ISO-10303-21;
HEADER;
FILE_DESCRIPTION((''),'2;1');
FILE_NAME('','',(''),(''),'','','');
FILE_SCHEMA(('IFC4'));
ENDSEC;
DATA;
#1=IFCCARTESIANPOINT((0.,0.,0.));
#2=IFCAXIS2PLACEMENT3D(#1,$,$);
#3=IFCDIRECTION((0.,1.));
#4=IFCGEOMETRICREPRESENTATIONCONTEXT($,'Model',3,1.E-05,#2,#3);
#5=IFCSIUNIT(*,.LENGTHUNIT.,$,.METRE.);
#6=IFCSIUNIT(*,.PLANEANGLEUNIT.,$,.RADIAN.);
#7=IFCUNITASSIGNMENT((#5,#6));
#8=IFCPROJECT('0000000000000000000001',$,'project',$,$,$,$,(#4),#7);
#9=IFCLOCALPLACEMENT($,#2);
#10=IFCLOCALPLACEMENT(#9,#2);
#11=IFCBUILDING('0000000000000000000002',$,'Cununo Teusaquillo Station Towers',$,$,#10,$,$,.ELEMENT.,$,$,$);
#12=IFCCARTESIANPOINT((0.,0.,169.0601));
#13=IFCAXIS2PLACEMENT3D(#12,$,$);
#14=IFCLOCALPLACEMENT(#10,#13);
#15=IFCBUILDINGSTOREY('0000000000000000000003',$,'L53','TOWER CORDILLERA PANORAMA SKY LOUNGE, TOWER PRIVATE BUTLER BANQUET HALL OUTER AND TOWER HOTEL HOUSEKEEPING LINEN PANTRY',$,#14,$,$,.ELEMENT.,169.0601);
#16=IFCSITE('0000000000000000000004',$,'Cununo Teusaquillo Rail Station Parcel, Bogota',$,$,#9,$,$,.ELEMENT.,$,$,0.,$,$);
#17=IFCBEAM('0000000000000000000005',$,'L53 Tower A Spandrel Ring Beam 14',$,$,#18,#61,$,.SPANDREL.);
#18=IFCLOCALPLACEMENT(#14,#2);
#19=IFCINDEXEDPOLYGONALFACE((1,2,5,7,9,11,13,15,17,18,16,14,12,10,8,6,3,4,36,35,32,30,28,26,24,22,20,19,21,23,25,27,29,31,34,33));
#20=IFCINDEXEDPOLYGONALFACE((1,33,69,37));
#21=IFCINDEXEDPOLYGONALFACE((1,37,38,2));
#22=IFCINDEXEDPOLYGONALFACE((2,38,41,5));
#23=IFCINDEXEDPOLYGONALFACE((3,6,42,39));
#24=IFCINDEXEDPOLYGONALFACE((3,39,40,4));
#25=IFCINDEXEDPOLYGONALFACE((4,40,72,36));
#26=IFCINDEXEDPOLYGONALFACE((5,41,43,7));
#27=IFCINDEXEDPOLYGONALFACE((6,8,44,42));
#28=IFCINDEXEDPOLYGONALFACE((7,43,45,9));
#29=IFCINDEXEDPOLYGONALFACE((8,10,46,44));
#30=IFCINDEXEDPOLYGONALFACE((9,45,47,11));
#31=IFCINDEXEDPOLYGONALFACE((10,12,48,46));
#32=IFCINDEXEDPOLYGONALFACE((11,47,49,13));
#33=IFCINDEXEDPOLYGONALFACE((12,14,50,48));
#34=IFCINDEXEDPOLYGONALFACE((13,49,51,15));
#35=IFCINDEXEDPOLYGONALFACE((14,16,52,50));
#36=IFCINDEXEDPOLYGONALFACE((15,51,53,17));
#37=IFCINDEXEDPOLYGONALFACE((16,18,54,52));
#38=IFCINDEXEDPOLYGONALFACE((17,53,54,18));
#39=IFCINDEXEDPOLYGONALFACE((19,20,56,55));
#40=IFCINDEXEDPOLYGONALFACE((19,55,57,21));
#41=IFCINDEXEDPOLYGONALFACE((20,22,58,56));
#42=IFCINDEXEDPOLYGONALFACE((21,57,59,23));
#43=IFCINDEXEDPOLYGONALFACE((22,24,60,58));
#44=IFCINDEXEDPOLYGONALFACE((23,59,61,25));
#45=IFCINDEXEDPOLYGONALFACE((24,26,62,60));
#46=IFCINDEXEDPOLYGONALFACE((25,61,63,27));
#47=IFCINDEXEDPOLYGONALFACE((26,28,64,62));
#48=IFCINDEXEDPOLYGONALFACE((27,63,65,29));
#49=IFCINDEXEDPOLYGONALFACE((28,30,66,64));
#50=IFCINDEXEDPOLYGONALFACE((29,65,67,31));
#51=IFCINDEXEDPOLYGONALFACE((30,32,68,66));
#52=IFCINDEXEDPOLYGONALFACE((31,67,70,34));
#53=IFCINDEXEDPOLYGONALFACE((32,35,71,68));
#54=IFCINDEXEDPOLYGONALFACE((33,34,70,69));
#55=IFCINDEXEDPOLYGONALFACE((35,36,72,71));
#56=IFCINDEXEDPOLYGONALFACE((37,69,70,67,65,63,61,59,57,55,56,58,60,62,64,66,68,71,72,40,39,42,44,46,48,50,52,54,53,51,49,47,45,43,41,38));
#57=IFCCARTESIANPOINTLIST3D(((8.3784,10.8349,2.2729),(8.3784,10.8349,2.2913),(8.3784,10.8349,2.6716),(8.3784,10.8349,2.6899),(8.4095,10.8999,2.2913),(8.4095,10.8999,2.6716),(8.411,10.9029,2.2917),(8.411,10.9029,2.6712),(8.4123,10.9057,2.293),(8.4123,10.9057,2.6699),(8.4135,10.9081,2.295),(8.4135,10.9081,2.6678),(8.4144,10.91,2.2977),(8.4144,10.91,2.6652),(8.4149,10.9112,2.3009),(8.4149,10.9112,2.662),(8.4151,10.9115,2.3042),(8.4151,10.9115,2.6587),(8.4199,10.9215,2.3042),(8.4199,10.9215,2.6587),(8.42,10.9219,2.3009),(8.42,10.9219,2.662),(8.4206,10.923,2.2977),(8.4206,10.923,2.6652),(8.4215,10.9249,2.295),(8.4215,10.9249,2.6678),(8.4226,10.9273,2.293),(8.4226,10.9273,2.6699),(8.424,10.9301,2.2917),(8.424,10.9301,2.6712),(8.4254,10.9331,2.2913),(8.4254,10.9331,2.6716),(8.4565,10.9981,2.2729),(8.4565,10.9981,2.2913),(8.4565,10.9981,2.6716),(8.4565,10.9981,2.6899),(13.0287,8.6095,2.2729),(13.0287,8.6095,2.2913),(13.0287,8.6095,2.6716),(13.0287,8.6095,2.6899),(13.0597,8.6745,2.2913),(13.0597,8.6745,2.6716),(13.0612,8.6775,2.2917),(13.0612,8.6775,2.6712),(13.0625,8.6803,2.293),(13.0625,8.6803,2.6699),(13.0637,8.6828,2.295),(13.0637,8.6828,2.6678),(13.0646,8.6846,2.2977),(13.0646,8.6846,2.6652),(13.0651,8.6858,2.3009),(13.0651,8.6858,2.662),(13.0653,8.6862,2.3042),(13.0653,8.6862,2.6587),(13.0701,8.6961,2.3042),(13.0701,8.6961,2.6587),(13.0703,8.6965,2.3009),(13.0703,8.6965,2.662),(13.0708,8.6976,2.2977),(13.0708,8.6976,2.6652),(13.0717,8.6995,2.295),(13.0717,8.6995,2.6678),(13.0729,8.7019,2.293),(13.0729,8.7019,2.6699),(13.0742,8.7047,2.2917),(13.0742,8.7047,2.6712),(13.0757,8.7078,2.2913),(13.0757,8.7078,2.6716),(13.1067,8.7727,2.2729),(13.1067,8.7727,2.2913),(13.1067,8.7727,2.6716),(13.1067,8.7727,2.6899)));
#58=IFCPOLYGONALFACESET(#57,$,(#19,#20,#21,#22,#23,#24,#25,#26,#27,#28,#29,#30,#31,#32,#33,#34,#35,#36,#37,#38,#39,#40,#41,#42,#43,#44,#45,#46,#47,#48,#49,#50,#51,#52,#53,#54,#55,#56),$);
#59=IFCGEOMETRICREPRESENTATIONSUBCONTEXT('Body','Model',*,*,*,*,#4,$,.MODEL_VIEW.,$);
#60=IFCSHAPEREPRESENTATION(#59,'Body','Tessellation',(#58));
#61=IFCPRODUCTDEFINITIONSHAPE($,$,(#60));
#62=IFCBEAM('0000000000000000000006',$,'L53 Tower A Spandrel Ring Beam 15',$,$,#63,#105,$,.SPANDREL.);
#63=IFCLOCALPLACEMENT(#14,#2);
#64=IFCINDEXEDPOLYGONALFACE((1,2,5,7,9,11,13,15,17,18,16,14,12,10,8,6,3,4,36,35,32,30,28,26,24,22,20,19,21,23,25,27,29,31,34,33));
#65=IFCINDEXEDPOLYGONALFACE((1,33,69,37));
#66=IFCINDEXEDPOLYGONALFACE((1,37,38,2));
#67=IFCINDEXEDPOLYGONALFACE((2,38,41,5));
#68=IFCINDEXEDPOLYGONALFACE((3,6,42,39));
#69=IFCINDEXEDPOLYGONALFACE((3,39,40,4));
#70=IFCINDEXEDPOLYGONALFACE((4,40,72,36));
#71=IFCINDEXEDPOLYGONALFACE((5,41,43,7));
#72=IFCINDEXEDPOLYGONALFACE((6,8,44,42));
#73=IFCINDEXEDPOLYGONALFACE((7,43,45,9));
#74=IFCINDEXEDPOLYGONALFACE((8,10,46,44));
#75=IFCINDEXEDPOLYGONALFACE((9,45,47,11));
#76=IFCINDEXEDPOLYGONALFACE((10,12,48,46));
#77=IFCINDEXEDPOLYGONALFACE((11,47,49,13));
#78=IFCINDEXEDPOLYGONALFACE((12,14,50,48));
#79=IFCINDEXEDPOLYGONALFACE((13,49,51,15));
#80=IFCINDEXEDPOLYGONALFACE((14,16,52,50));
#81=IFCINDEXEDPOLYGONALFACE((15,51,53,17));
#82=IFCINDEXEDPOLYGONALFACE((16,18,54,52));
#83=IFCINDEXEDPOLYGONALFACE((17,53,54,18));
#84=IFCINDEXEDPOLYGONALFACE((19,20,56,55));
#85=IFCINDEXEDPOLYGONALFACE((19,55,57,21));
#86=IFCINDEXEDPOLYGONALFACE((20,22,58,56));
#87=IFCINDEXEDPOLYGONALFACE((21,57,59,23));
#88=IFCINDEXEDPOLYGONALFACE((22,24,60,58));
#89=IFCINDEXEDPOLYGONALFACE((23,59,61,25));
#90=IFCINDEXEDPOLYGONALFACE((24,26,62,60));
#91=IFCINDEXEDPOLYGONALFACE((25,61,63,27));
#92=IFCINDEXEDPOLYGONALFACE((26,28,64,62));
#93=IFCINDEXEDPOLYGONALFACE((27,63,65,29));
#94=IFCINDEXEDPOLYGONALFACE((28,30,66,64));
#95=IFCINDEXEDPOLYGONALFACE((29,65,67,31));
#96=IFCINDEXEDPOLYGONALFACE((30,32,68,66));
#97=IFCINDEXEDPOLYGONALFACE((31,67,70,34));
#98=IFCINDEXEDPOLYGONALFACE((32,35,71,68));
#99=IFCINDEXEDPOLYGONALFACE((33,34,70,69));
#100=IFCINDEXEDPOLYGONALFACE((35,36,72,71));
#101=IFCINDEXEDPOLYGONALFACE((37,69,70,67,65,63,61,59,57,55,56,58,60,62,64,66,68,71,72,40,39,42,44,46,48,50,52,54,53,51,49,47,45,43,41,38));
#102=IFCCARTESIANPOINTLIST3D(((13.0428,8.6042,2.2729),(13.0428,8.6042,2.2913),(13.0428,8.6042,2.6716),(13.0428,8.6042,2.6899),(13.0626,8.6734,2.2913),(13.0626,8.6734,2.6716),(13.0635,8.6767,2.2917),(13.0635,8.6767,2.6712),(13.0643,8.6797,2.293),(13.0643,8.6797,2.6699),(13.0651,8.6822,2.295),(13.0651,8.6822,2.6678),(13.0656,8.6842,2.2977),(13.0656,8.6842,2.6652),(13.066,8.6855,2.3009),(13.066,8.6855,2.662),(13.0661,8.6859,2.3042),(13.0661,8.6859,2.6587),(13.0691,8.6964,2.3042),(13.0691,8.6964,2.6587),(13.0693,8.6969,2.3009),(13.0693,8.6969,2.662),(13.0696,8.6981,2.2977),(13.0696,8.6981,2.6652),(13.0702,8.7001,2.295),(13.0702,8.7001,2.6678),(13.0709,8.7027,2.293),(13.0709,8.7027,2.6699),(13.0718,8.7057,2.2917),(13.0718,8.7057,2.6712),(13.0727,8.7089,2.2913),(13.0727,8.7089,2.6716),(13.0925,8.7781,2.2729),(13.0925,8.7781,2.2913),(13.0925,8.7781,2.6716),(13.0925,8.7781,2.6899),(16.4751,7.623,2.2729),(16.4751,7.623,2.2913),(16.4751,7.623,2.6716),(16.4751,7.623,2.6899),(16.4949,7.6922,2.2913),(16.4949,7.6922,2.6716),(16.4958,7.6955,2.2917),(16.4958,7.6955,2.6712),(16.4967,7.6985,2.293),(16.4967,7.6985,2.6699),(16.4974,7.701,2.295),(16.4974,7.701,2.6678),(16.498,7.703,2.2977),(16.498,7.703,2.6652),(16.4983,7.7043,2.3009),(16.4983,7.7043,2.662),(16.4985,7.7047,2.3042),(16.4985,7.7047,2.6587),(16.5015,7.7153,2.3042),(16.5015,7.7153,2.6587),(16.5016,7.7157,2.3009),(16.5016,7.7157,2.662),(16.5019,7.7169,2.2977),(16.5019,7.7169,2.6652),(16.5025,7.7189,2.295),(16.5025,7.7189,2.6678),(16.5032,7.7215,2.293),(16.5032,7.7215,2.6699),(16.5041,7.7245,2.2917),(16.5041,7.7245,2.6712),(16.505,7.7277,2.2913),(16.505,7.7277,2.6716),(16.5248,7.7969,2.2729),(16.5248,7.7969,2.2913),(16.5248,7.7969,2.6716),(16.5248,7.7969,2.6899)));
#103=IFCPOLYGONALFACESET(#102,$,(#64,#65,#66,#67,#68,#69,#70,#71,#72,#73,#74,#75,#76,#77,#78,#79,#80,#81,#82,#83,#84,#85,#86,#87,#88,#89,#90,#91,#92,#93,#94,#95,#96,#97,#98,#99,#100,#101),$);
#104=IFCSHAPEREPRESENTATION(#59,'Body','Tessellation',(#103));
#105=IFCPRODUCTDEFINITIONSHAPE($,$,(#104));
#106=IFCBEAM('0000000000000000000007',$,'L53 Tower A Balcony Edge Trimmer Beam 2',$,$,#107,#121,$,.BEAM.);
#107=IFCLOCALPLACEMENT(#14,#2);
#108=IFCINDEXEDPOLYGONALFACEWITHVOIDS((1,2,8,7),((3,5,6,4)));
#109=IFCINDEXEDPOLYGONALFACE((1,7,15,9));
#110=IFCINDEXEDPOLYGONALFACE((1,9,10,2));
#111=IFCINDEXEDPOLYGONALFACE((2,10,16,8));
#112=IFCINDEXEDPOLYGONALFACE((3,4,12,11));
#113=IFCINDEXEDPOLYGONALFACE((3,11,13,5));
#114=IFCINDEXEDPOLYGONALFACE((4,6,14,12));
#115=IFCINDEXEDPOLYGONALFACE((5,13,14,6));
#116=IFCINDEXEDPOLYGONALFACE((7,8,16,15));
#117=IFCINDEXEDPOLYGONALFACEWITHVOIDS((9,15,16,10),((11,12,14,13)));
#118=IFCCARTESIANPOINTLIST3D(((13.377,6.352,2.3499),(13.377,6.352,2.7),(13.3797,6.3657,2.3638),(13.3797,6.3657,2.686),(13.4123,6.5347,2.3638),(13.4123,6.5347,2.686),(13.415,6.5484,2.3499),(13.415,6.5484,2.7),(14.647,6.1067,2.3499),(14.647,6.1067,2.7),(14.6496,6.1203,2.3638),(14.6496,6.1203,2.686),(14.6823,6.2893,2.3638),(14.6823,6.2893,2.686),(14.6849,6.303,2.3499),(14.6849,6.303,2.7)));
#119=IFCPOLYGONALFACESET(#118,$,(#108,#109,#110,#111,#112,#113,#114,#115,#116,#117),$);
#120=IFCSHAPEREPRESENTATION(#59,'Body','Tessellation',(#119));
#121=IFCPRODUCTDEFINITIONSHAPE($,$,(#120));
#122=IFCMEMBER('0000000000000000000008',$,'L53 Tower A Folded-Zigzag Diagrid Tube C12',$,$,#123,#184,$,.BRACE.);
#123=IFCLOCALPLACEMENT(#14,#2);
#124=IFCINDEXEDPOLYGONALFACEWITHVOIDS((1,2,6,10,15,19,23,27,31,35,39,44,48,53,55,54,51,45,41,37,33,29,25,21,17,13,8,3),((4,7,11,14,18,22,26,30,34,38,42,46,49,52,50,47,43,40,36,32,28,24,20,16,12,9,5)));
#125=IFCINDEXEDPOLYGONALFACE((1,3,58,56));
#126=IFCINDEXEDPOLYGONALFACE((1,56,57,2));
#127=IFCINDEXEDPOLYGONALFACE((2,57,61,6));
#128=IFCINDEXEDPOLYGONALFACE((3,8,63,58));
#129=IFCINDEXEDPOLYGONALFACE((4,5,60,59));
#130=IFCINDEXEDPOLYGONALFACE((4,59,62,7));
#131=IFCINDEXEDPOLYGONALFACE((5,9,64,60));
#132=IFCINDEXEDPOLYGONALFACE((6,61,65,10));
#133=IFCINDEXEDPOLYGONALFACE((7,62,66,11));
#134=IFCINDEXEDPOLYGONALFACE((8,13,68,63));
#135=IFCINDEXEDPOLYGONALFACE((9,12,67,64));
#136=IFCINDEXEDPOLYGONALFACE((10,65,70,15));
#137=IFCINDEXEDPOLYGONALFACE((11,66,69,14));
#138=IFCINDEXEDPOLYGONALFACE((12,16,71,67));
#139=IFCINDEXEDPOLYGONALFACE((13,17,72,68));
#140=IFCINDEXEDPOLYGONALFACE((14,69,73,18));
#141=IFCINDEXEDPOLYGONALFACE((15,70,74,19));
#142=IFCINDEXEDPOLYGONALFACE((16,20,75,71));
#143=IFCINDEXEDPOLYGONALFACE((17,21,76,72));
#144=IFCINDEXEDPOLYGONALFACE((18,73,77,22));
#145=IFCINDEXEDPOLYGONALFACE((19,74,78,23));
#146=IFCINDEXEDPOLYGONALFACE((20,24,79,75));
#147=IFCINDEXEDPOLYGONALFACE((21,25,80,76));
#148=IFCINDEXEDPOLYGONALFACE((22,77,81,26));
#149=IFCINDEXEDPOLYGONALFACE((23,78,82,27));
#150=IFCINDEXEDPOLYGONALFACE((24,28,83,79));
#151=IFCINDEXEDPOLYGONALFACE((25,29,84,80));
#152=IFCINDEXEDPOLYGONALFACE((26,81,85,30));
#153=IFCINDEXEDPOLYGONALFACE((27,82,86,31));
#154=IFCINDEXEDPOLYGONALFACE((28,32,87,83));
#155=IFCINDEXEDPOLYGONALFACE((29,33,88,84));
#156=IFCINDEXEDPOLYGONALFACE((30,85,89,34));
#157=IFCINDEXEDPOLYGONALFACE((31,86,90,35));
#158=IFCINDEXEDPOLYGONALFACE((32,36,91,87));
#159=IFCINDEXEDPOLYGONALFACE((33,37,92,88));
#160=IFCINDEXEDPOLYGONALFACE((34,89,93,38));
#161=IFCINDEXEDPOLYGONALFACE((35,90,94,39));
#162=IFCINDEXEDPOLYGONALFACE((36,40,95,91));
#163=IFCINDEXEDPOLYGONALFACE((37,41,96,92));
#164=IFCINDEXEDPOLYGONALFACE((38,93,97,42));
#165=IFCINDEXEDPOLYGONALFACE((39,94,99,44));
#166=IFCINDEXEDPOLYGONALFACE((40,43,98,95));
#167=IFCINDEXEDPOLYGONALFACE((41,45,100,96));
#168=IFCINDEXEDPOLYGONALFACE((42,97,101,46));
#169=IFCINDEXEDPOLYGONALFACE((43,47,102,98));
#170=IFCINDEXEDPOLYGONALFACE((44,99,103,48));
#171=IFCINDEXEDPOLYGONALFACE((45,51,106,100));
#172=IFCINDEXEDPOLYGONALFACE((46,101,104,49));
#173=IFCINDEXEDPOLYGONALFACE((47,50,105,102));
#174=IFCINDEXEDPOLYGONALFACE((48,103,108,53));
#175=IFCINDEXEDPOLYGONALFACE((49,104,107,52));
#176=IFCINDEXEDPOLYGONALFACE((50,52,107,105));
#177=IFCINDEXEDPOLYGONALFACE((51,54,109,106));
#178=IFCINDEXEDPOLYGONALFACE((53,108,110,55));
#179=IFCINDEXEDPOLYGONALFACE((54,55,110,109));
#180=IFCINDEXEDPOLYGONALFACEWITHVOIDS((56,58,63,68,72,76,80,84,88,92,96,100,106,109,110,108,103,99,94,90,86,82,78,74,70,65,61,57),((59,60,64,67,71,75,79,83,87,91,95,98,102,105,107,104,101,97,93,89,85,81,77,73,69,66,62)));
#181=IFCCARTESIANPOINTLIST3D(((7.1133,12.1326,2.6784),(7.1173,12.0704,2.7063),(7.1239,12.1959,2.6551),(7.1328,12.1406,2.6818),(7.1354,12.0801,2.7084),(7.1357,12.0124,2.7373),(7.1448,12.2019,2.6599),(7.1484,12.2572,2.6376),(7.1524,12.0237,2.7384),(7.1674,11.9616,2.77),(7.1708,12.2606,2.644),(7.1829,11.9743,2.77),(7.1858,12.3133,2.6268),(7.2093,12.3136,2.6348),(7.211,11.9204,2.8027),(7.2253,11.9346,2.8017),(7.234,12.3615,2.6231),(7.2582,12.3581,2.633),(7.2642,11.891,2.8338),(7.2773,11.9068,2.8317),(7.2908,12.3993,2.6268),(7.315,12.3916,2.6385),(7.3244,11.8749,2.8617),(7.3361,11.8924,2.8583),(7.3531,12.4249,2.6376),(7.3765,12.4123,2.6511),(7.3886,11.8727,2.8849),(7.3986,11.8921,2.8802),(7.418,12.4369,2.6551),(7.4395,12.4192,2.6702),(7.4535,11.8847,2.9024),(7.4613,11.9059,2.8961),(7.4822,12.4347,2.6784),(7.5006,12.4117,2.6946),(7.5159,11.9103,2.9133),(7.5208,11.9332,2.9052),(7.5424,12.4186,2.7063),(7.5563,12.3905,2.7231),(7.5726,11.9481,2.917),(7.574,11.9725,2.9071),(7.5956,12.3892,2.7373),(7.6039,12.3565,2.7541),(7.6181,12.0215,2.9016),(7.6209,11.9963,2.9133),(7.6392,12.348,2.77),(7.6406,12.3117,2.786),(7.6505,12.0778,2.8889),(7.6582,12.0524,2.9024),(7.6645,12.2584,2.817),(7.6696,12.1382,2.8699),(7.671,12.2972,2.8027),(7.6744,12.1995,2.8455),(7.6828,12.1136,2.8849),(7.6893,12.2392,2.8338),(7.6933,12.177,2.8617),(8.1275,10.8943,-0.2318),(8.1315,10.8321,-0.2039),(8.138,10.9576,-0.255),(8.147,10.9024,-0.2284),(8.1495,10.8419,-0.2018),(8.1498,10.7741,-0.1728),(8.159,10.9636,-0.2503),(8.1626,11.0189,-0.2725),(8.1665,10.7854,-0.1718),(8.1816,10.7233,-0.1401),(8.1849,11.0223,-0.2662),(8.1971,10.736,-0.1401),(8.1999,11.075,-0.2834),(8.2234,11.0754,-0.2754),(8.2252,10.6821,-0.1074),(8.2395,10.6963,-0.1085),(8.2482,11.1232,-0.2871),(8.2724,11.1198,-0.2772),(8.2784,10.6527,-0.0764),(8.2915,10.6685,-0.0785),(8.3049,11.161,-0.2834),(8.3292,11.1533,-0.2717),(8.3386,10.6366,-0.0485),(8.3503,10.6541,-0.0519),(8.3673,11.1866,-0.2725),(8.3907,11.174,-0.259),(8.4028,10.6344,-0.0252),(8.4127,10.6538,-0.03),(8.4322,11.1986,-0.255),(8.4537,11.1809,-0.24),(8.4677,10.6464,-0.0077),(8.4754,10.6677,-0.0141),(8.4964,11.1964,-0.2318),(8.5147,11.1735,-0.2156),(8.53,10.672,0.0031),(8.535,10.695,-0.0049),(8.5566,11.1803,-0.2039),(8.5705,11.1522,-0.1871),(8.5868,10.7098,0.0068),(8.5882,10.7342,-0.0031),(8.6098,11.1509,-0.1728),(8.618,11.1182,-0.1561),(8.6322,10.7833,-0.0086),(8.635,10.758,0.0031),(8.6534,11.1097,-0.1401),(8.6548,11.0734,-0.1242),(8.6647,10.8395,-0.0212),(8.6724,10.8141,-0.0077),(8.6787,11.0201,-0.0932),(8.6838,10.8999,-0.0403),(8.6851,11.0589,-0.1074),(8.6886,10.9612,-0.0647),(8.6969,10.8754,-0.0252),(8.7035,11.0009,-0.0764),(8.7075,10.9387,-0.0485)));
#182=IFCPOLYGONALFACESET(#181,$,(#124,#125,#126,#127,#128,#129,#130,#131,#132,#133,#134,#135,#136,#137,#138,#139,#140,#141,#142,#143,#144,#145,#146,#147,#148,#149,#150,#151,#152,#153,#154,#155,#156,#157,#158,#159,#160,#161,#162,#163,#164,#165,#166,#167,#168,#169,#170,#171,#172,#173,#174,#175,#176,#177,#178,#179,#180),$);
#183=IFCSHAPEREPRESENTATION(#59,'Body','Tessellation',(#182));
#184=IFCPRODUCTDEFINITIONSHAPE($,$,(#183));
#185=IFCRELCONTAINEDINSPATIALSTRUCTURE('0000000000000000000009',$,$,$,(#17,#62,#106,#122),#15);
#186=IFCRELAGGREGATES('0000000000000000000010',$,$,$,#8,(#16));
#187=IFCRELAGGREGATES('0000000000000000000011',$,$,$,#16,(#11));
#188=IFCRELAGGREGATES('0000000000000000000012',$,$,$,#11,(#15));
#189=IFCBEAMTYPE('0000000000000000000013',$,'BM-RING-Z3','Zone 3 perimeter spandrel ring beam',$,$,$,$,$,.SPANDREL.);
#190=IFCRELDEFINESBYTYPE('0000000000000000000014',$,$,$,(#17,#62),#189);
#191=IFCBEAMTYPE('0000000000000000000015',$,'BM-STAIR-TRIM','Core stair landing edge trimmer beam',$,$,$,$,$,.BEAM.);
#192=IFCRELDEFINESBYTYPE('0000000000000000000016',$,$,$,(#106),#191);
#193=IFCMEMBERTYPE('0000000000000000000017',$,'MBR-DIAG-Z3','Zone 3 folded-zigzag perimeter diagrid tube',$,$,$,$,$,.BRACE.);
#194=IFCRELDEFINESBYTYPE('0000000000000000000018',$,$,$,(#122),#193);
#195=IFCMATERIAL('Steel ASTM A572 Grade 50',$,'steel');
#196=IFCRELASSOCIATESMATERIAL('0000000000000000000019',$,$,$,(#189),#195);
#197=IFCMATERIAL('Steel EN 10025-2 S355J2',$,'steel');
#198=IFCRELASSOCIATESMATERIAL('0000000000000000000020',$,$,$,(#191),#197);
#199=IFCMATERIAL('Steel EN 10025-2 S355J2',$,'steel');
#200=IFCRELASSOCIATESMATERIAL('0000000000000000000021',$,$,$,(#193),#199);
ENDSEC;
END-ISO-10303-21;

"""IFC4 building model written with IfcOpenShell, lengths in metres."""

from ifc_helpers import new_model, si_unit, direction, frame, origin, origin_2d, place, context, subcontext, project, spatial, hollow_rectangle, hollow_circle, i_section, extrude, material, material_profile, profile_set, type_object, element, save


model = new_model("IFC4")

# Units and contexts
model_context = context("Model", 3, precision=1e-05, world=origin(), true_north=direction((0.0, 1.0)))
body_context = subcontext(model_context, "Body", "Model", "MODEL_VIEW")
ifc_project = project(units=[si_unit("LENGTHUNIT", "METRE"), si_unit("PLANEANGLEUNIT", "RADIAN")], contexts=[model_context])

# Site, building, storey
site_placement = place(None, origin())
site = spatial("IfcSite", under=ifc_project, at=site_placement, Name="Cununo Teusaquillo Rail Station Parcel, Bogota", CompositionType="ELEMENT", RefElevation=0.0)
building_placement = place(site_placement, origin())
building = spatial("IfcBuilding", under=site, at=building_placement, Name="Cununo Teusaquillo Station Towers", CompositionType="ELEMENT")
storey_placement = place(building_placement, frame((0.0, 0.0, 169.0601)))
storey = spatial("IfcBuildingStorey", under=building, at=storey_placement, Name="L53", Description="TOWER CORDILLERA PANORAMA SKY LOUNGE, TOWER PRIVATE BUTLER BANQUET HALL OUTER AND TOWER HOTEL HOUSEKEEPING LINEN PANTRY", CompositionType="ELEMENT", Elevation=169.0601)

# Beams
ifc_material_1 = material(Name="Steel ASTM A572 Grade 50", Category="steel")
ifc_material_profile_1 = material_profile(ifc_material_1, i_section(OverallWidth=0.1809, OverallDepth=0.417, WebThickness=0.011, FlangeThickness=0.0183, FilletRadius=0.0129, at=origin_2d()), Name="W16X57")
ifc_profile_set_1 = profile_set([ifc_material_profile_1], Name="Steel ASTM A572 Grade 50")
beam_type_1 = type_object("IfcBeamType", Name="BM-RING-Z3", Description="Zone 3 perimeter spandrel ring beam", PredefinedType="SPANDREL", material=ifc_profile_set_1)
beam_1_placement = place(storey_placement, frame((8.4175, 10.9165, 2.4814), z_axis=(0.902032, -0.43167, 0.0), x_axis=(0.43167, 0.902032, 0.0)))
element("IfcBeam", 1, at=beam_1_placement, inside=storey, type_object=beam_type_1, Name="L53 Tower A Spandrel Ring Beam 14", PredefinedType="SPANDREL", context=body_context, shape_type="SweptSolid", body=[
    extrude(i_section(OverallWidth=0.1809, OverallDepth=0.417, WebThickness=0.011, FlangeThickness=0.0183, FilletRadius=0.0129, at=origin_2d()), origin(), (0.0, 0.0, 1.0), 5.1553),
])
beam_2_placement = place(storey_placement, frame((13.0676, 8.6912, 2.4814), z_axis=(0.961485, -0.274857, 0.0), x_axis=(0.274857, 0.961485, 0.0)))
element("IfcBeam", 2, at=beam_2_placement, inside=storey, type_object=beam_type_1, Name="L53 Tower A Spandrel Ring Beam 15", PredefinedType="SPANDREL", context=body_context, shape_type="SweptSolid", body=[
    extrude(i_section(OverallWidth=0.1809, OverallDepth=0.417, WebThickness=0.011, FlangeThickness=0.0183, FilletRadius=0.0129, at=origin_2d()), origin(), (0.0, 0.0, 1.0), 3.5698),
])
ifc_material_2 = material(Name="Steel EN 10025-2 S355J2", Category="steel")
ifc_material_profile_2 = material_profile(ifc_material_2, hollow_rectangle(XDim=0.2, YDim=0.3501, WallThickness=0.0139, at=origin_2d()), Name="RHS 350x200x14")
ifc_profile_set_2 = profile_set([ifc_material_profile_2], Name="Steel EN 10025-2 S355J2")
beam_type_2 = type_object("IfcBeamType", Name="BM-STAIR-TRIM", Description="Core stair landing edge trimmer beam", PredefinedType="BEAM", material=ifc_profile_set_2)
beam_3_placement = place(storey_placement, frame((13.396, 6.4502, 2.5249), z_axis=(0.981845, -0.189687, 0.0), x_axis=(0.189687, 0.981845, 0.0)))
element("IfcBeam", 3, at=beam_3_placement, inside=storey, type_object=beam_type_2, Name="L53 Tower A Balcony Edge Trimmer Beam 2", PredefinedType="BEAM", context=body_context, shape_type="SweptSolid", body=[
    extrude(hollow_rectangle(XDim=0.2, YDim=0.3501, WallThickness=0.0139, at=origin_2d()), origin(), (0.0, 0.0, 1.0), 1.2935),
])

# Member
ifc_material_3 = material(Name="Steel EN 10025-2 S355J2", Category="steel")
ifc_material_profile_3 = material_profile(ifc_material_3, hollow_circle(Radius=0.3049, WallThickness=0.02, at=origin_2d()), Name="CHS 610x20")
ifc_profile_set_3 = profile_set([ifc_material_profile_3], Name="Steel EN 10025-2 S355J2")
member_type = type_object("IfcMemberType", Name="MBR-DIAG-Z3", Description="Zone 3 folded-zigzag perimeter diagrid tube", PredefinedType="BRACE", material=ifc_profile_set_3)
member_placement = place(storey_placement, frame((8.4175, 10.9165, -0.1401), z_axis=(-0.305353, 0.372833, 0.876216), x_axis=(-0.773645, -0.63362, 0.0)))
element("IfcMember", 4, at=member_placement, inside=storey, type_object=member_type, Name="L53 Tower A Folded-Zigzag Diagrid Tube C12", PredefinedType="BRACE", context=body_context, shape_type="SweptSolid", body=[
    extrude(hollow_circle(Radius=0.3049, WallThickness=0.02, at=origin_2d()), origin(), (0.0, 0.0, 1.0), 3.3213),
])

save(model, "model.ifc")
